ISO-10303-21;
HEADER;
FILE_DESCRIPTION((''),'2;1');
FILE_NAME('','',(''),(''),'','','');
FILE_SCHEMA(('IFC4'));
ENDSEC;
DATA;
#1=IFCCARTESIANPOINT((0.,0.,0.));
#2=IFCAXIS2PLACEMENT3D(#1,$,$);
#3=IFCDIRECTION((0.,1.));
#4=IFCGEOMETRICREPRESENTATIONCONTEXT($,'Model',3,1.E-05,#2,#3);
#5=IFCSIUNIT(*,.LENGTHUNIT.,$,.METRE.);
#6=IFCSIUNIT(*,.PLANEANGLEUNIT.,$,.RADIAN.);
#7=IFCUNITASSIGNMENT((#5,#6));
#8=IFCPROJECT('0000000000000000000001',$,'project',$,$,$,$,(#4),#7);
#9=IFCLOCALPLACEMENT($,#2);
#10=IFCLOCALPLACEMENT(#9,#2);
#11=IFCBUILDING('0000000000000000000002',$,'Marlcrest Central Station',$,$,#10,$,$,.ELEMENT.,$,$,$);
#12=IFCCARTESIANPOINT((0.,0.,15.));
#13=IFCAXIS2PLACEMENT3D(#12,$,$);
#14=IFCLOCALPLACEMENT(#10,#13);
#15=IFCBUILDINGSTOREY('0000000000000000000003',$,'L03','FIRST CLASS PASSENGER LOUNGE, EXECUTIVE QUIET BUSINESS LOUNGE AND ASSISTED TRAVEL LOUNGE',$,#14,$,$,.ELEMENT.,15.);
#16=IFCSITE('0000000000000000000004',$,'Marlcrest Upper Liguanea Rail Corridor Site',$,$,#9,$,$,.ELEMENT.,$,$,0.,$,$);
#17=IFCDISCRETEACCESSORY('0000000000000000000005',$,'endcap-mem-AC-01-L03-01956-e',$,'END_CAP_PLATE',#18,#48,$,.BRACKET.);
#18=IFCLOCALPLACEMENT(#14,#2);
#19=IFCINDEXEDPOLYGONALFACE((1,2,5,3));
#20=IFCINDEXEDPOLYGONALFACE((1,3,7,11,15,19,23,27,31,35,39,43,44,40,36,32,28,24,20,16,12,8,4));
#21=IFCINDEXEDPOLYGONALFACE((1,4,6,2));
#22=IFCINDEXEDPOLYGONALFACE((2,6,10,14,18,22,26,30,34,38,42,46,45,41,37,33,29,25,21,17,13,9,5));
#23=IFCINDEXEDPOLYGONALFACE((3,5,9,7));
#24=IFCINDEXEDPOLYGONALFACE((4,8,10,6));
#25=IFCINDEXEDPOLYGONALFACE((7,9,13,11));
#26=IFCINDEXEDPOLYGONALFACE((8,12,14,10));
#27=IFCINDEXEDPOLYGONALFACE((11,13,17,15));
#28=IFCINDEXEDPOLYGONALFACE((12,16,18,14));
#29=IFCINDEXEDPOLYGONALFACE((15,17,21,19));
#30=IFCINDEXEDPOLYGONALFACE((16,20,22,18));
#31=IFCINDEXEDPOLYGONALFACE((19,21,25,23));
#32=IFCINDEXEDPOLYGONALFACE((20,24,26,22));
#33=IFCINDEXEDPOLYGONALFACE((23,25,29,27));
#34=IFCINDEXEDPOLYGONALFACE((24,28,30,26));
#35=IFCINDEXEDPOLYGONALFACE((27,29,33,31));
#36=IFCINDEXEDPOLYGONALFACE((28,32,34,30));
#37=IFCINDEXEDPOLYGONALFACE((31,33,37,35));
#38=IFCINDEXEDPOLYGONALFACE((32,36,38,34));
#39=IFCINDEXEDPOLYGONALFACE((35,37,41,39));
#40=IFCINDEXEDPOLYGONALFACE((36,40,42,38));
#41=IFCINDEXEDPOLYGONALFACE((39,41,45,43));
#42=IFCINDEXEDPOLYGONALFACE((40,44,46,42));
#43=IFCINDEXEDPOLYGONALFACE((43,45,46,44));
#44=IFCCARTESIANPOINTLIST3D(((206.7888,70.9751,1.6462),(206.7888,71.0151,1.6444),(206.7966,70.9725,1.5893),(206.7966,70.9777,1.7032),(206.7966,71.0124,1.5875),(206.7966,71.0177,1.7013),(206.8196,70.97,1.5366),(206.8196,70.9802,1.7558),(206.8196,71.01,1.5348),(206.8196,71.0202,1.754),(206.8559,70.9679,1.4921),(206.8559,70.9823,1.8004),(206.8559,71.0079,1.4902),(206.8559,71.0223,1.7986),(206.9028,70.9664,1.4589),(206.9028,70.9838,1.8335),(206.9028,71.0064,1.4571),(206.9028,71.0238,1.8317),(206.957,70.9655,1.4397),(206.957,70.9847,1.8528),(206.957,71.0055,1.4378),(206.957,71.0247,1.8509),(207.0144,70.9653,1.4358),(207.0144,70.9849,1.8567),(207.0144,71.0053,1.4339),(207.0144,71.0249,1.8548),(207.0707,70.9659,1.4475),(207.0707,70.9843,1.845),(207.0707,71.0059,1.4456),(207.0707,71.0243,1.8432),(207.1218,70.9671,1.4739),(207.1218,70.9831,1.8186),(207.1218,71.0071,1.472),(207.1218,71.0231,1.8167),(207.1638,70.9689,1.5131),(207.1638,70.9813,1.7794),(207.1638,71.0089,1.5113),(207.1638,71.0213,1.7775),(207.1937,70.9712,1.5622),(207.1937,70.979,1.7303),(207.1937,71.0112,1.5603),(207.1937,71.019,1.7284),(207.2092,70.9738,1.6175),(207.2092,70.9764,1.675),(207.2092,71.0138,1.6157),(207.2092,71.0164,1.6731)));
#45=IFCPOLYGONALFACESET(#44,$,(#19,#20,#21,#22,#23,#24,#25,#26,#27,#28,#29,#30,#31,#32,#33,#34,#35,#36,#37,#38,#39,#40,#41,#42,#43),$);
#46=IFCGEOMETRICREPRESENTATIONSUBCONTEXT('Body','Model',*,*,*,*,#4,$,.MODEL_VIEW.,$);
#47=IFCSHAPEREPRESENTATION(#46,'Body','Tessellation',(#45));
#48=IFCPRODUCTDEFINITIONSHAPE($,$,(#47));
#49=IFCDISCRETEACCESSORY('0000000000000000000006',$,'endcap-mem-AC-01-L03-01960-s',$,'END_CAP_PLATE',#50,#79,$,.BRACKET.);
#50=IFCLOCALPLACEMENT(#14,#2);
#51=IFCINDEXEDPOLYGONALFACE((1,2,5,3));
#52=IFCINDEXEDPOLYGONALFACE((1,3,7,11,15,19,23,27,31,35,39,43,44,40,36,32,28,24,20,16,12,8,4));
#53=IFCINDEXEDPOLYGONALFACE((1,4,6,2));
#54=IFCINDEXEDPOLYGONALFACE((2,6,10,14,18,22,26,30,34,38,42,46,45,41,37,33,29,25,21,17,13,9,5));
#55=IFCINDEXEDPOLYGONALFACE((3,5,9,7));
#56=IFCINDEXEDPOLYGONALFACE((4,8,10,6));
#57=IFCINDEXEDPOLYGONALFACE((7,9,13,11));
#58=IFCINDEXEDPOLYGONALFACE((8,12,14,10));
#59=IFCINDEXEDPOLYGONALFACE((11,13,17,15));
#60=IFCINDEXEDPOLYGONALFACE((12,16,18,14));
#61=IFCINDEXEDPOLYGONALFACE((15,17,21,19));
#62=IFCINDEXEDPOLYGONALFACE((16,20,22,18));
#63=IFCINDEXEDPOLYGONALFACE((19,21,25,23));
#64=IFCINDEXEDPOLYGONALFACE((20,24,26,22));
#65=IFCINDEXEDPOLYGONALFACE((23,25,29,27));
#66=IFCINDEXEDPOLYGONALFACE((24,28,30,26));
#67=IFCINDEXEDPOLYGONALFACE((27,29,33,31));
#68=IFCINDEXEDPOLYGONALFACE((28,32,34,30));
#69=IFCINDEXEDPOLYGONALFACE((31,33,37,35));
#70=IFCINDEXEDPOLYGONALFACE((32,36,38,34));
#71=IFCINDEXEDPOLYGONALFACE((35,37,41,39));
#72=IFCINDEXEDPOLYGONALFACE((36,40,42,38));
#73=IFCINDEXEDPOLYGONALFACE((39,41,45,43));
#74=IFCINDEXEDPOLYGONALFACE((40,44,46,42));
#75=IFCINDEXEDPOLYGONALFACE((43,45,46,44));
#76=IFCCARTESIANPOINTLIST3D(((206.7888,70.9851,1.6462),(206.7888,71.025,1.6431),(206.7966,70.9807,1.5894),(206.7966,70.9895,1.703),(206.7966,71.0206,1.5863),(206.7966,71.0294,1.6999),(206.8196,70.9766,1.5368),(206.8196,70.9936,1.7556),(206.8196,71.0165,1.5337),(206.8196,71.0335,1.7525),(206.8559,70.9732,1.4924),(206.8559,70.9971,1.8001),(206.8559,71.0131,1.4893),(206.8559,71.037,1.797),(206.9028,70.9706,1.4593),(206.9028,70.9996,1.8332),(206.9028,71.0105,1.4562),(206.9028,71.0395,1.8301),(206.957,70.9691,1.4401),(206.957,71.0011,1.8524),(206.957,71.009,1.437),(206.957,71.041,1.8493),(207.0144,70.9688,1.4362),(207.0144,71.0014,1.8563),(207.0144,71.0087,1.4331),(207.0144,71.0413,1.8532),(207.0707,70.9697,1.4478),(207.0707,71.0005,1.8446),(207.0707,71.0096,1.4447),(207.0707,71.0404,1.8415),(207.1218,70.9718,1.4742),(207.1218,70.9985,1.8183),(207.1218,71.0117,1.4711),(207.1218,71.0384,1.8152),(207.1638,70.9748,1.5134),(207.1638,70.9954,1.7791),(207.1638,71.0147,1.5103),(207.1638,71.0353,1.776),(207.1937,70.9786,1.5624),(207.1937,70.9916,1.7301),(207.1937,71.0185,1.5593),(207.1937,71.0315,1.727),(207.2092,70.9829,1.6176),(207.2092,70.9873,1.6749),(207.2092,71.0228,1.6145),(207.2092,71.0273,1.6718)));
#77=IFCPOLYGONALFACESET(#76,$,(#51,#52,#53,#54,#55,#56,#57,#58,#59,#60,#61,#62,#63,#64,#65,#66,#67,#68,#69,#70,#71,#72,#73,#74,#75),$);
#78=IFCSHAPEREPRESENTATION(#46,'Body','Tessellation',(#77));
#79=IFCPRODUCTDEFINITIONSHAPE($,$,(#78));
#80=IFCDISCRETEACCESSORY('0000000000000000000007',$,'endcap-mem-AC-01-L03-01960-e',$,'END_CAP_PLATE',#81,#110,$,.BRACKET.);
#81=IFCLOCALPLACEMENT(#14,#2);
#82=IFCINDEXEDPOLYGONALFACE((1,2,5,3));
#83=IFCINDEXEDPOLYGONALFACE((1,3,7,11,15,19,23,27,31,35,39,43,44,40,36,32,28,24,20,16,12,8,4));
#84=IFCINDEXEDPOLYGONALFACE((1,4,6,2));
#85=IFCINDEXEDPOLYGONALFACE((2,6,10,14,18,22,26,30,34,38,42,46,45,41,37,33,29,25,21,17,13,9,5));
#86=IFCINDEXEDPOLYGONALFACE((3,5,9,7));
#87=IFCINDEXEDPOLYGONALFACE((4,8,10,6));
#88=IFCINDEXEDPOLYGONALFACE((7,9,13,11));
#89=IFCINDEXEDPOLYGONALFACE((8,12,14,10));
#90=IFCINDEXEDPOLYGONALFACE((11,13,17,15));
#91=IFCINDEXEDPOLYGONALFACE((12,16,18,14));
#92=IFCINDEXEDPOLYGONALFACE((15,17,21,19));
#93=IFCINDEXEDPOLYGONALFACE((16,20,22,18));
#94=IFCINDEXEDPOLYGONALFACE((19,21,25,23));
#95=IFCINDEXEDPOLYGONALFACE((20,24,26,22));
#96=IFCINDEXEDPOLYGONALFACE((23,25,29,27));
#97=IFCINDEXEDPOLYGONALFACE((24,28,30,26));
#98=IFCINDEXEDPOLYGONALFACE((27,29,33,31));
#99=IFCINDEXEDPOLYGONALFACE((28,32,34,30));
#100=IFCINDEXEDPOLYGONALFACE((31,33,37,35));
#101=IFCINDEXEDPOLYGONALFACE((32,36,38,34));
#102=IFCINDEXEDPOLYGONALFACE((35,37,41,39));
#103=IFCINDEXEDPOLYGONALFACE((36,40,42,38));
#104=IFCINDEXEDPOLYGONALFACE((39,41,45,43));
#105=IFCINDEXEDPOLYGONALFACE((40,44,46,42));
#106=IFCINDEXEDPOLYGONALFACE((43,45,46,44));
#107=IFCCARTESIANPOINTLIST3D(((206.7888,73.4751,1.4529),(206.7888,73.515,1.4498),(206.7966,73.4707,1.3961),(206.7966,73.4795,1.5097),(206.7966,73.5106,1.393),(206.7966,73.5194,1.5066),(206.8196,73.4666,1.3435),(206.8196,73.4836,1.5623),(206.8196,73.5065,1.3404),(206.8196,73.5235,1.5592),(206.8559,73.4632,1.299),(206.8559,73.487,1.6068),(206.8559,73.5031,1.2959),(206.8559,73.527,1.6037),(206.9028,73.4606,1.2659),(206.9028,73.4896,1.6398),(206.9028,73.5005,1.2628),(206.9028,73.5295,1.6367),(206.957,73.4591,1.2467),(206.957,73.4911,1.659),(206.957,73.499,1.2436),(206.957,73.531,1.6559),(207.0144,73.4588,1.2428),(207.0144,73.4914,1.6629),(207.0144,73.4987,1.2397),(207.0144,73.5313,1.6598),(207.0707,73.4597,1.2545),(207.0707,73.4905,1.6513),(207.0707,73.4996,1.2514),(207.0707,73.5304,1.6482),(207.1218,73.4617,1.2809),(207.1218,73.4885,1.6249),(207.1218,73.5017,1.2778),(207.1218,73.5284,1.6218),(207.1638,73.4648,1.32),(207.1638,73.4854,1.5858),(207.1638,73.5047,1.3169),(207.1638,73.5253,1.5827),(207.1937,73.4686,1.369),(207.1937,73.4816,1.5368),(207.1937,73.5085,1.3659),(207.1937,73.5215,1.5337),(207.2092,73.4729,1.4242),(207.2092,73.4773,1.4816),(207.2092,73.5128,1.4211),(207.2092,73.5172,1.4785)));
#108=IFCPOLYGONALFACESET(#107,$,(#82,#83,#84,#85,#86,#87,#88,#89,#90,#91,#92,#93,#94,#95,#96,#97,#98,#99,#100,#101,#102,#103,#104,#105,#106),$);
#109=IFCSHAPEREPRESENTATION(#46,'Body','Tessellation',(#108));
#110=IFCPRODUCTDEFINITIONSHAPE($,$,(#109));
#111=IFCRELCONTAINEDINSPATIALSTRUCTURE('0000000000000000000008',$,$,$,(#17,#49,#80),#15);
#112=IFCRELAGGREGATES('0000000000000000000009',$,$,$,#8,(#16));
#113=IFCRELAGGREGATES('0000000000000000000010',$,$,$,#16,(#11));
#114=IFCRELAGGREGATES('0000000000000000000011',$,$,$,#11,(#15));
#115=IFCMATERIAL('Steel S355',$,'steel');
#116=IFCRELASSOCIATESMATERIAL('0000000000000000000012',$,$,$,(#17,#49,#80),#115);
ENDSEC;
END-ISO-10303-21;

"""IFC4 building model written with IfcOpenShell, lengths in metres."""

from ifc_helpers import new_model, si_unit, direction, frame, origin, origin_2d, place, context, subcontext, project, spatial, circle, extrude, material, element, save


model = new_model("IFC4")

# Units and contexts
model_context = context("Model", 3, precision=1e-05, world=origin(), true_north=direction((0.0, 1.0)))
body_context = subcontext(model_context, "Body", "Model", "MODEL_VIEW")
ifc_project = project(units=[si_unit("LENGTHUNIT", "METRE"), si_unit("PLANEANGLEUNIT", "RADIAN")], contexts=[model_context])

# Site, building, storey
site_placement = place(None, origin())
site = spatial("IfcSite", under=ifc_project, at=site_placement, Name="Marlcrest Upper Liguanea Rail Corridor Site", CompositionType="ELEMENT", RefElevation=0.0)
building_placement = place(site_placement, origin())
building = spatial("IfcBuilding", under=site, at=building_placement, Name="Marlcrest Central Station", CompositionType="ELEMENT")
storey_placement = place(building_placement, frame((0.0, 0.0, 15.0)))
storey = spatial("IfcBuildingStorey", under=building, at=storey_placement, Name="L03", Description="FIRST CLASS PASSENGER LOUNGE, EXECUTIVE QUIET BUSINESS LOUNGE AND ASSISTED TRAVEL LOUNGE", CompositionType="ELEMENT", Elevation=15.0)

# Shared definitions
ifc_material_1 = material(Name="Steel S355", Category="steel")

# Discrete accessories
for number, where, z_axis, x_axis, name in (
    (1, (207.0, 70.9751, 1.6462), (0.0, 0.998921, -0.046434), (-1.0, 0.0, 0.0), "endcap-mem-AC-01-L03-01956-e"),
    (2, (207.0, 70.9851, 1.6462), (0.0, 0.997, -0.077404), (-1.0, 0.0, 0.0), "endcap-mem-AC-01-L03-01960-s"),
    (3, (207.0, 73.4751, 1.4529), (0.0, 0.997, -0.077404), (-1.0, 0.0, 0.0), "endcap-mem-AC-01-L03-01960-e"),
):
    element("IfcDiscreteAccessory", number, at=place(storey_placement, frame(where, z_axis=z_axis, x_axis=x_axis)), inside=storey, material=ifc_material_1, Name=name, ObjectType="END_CAP_PLATE", PredefinedType="BRACKET", context=body_context, shape_type="SweptSolid", body=[
        extrude(circle(Radius=0.2112, at=origin_2d()), origin(), (0.0, 0.0, 1.0), 0.04),
    ])

save(model, "model.ifc")
